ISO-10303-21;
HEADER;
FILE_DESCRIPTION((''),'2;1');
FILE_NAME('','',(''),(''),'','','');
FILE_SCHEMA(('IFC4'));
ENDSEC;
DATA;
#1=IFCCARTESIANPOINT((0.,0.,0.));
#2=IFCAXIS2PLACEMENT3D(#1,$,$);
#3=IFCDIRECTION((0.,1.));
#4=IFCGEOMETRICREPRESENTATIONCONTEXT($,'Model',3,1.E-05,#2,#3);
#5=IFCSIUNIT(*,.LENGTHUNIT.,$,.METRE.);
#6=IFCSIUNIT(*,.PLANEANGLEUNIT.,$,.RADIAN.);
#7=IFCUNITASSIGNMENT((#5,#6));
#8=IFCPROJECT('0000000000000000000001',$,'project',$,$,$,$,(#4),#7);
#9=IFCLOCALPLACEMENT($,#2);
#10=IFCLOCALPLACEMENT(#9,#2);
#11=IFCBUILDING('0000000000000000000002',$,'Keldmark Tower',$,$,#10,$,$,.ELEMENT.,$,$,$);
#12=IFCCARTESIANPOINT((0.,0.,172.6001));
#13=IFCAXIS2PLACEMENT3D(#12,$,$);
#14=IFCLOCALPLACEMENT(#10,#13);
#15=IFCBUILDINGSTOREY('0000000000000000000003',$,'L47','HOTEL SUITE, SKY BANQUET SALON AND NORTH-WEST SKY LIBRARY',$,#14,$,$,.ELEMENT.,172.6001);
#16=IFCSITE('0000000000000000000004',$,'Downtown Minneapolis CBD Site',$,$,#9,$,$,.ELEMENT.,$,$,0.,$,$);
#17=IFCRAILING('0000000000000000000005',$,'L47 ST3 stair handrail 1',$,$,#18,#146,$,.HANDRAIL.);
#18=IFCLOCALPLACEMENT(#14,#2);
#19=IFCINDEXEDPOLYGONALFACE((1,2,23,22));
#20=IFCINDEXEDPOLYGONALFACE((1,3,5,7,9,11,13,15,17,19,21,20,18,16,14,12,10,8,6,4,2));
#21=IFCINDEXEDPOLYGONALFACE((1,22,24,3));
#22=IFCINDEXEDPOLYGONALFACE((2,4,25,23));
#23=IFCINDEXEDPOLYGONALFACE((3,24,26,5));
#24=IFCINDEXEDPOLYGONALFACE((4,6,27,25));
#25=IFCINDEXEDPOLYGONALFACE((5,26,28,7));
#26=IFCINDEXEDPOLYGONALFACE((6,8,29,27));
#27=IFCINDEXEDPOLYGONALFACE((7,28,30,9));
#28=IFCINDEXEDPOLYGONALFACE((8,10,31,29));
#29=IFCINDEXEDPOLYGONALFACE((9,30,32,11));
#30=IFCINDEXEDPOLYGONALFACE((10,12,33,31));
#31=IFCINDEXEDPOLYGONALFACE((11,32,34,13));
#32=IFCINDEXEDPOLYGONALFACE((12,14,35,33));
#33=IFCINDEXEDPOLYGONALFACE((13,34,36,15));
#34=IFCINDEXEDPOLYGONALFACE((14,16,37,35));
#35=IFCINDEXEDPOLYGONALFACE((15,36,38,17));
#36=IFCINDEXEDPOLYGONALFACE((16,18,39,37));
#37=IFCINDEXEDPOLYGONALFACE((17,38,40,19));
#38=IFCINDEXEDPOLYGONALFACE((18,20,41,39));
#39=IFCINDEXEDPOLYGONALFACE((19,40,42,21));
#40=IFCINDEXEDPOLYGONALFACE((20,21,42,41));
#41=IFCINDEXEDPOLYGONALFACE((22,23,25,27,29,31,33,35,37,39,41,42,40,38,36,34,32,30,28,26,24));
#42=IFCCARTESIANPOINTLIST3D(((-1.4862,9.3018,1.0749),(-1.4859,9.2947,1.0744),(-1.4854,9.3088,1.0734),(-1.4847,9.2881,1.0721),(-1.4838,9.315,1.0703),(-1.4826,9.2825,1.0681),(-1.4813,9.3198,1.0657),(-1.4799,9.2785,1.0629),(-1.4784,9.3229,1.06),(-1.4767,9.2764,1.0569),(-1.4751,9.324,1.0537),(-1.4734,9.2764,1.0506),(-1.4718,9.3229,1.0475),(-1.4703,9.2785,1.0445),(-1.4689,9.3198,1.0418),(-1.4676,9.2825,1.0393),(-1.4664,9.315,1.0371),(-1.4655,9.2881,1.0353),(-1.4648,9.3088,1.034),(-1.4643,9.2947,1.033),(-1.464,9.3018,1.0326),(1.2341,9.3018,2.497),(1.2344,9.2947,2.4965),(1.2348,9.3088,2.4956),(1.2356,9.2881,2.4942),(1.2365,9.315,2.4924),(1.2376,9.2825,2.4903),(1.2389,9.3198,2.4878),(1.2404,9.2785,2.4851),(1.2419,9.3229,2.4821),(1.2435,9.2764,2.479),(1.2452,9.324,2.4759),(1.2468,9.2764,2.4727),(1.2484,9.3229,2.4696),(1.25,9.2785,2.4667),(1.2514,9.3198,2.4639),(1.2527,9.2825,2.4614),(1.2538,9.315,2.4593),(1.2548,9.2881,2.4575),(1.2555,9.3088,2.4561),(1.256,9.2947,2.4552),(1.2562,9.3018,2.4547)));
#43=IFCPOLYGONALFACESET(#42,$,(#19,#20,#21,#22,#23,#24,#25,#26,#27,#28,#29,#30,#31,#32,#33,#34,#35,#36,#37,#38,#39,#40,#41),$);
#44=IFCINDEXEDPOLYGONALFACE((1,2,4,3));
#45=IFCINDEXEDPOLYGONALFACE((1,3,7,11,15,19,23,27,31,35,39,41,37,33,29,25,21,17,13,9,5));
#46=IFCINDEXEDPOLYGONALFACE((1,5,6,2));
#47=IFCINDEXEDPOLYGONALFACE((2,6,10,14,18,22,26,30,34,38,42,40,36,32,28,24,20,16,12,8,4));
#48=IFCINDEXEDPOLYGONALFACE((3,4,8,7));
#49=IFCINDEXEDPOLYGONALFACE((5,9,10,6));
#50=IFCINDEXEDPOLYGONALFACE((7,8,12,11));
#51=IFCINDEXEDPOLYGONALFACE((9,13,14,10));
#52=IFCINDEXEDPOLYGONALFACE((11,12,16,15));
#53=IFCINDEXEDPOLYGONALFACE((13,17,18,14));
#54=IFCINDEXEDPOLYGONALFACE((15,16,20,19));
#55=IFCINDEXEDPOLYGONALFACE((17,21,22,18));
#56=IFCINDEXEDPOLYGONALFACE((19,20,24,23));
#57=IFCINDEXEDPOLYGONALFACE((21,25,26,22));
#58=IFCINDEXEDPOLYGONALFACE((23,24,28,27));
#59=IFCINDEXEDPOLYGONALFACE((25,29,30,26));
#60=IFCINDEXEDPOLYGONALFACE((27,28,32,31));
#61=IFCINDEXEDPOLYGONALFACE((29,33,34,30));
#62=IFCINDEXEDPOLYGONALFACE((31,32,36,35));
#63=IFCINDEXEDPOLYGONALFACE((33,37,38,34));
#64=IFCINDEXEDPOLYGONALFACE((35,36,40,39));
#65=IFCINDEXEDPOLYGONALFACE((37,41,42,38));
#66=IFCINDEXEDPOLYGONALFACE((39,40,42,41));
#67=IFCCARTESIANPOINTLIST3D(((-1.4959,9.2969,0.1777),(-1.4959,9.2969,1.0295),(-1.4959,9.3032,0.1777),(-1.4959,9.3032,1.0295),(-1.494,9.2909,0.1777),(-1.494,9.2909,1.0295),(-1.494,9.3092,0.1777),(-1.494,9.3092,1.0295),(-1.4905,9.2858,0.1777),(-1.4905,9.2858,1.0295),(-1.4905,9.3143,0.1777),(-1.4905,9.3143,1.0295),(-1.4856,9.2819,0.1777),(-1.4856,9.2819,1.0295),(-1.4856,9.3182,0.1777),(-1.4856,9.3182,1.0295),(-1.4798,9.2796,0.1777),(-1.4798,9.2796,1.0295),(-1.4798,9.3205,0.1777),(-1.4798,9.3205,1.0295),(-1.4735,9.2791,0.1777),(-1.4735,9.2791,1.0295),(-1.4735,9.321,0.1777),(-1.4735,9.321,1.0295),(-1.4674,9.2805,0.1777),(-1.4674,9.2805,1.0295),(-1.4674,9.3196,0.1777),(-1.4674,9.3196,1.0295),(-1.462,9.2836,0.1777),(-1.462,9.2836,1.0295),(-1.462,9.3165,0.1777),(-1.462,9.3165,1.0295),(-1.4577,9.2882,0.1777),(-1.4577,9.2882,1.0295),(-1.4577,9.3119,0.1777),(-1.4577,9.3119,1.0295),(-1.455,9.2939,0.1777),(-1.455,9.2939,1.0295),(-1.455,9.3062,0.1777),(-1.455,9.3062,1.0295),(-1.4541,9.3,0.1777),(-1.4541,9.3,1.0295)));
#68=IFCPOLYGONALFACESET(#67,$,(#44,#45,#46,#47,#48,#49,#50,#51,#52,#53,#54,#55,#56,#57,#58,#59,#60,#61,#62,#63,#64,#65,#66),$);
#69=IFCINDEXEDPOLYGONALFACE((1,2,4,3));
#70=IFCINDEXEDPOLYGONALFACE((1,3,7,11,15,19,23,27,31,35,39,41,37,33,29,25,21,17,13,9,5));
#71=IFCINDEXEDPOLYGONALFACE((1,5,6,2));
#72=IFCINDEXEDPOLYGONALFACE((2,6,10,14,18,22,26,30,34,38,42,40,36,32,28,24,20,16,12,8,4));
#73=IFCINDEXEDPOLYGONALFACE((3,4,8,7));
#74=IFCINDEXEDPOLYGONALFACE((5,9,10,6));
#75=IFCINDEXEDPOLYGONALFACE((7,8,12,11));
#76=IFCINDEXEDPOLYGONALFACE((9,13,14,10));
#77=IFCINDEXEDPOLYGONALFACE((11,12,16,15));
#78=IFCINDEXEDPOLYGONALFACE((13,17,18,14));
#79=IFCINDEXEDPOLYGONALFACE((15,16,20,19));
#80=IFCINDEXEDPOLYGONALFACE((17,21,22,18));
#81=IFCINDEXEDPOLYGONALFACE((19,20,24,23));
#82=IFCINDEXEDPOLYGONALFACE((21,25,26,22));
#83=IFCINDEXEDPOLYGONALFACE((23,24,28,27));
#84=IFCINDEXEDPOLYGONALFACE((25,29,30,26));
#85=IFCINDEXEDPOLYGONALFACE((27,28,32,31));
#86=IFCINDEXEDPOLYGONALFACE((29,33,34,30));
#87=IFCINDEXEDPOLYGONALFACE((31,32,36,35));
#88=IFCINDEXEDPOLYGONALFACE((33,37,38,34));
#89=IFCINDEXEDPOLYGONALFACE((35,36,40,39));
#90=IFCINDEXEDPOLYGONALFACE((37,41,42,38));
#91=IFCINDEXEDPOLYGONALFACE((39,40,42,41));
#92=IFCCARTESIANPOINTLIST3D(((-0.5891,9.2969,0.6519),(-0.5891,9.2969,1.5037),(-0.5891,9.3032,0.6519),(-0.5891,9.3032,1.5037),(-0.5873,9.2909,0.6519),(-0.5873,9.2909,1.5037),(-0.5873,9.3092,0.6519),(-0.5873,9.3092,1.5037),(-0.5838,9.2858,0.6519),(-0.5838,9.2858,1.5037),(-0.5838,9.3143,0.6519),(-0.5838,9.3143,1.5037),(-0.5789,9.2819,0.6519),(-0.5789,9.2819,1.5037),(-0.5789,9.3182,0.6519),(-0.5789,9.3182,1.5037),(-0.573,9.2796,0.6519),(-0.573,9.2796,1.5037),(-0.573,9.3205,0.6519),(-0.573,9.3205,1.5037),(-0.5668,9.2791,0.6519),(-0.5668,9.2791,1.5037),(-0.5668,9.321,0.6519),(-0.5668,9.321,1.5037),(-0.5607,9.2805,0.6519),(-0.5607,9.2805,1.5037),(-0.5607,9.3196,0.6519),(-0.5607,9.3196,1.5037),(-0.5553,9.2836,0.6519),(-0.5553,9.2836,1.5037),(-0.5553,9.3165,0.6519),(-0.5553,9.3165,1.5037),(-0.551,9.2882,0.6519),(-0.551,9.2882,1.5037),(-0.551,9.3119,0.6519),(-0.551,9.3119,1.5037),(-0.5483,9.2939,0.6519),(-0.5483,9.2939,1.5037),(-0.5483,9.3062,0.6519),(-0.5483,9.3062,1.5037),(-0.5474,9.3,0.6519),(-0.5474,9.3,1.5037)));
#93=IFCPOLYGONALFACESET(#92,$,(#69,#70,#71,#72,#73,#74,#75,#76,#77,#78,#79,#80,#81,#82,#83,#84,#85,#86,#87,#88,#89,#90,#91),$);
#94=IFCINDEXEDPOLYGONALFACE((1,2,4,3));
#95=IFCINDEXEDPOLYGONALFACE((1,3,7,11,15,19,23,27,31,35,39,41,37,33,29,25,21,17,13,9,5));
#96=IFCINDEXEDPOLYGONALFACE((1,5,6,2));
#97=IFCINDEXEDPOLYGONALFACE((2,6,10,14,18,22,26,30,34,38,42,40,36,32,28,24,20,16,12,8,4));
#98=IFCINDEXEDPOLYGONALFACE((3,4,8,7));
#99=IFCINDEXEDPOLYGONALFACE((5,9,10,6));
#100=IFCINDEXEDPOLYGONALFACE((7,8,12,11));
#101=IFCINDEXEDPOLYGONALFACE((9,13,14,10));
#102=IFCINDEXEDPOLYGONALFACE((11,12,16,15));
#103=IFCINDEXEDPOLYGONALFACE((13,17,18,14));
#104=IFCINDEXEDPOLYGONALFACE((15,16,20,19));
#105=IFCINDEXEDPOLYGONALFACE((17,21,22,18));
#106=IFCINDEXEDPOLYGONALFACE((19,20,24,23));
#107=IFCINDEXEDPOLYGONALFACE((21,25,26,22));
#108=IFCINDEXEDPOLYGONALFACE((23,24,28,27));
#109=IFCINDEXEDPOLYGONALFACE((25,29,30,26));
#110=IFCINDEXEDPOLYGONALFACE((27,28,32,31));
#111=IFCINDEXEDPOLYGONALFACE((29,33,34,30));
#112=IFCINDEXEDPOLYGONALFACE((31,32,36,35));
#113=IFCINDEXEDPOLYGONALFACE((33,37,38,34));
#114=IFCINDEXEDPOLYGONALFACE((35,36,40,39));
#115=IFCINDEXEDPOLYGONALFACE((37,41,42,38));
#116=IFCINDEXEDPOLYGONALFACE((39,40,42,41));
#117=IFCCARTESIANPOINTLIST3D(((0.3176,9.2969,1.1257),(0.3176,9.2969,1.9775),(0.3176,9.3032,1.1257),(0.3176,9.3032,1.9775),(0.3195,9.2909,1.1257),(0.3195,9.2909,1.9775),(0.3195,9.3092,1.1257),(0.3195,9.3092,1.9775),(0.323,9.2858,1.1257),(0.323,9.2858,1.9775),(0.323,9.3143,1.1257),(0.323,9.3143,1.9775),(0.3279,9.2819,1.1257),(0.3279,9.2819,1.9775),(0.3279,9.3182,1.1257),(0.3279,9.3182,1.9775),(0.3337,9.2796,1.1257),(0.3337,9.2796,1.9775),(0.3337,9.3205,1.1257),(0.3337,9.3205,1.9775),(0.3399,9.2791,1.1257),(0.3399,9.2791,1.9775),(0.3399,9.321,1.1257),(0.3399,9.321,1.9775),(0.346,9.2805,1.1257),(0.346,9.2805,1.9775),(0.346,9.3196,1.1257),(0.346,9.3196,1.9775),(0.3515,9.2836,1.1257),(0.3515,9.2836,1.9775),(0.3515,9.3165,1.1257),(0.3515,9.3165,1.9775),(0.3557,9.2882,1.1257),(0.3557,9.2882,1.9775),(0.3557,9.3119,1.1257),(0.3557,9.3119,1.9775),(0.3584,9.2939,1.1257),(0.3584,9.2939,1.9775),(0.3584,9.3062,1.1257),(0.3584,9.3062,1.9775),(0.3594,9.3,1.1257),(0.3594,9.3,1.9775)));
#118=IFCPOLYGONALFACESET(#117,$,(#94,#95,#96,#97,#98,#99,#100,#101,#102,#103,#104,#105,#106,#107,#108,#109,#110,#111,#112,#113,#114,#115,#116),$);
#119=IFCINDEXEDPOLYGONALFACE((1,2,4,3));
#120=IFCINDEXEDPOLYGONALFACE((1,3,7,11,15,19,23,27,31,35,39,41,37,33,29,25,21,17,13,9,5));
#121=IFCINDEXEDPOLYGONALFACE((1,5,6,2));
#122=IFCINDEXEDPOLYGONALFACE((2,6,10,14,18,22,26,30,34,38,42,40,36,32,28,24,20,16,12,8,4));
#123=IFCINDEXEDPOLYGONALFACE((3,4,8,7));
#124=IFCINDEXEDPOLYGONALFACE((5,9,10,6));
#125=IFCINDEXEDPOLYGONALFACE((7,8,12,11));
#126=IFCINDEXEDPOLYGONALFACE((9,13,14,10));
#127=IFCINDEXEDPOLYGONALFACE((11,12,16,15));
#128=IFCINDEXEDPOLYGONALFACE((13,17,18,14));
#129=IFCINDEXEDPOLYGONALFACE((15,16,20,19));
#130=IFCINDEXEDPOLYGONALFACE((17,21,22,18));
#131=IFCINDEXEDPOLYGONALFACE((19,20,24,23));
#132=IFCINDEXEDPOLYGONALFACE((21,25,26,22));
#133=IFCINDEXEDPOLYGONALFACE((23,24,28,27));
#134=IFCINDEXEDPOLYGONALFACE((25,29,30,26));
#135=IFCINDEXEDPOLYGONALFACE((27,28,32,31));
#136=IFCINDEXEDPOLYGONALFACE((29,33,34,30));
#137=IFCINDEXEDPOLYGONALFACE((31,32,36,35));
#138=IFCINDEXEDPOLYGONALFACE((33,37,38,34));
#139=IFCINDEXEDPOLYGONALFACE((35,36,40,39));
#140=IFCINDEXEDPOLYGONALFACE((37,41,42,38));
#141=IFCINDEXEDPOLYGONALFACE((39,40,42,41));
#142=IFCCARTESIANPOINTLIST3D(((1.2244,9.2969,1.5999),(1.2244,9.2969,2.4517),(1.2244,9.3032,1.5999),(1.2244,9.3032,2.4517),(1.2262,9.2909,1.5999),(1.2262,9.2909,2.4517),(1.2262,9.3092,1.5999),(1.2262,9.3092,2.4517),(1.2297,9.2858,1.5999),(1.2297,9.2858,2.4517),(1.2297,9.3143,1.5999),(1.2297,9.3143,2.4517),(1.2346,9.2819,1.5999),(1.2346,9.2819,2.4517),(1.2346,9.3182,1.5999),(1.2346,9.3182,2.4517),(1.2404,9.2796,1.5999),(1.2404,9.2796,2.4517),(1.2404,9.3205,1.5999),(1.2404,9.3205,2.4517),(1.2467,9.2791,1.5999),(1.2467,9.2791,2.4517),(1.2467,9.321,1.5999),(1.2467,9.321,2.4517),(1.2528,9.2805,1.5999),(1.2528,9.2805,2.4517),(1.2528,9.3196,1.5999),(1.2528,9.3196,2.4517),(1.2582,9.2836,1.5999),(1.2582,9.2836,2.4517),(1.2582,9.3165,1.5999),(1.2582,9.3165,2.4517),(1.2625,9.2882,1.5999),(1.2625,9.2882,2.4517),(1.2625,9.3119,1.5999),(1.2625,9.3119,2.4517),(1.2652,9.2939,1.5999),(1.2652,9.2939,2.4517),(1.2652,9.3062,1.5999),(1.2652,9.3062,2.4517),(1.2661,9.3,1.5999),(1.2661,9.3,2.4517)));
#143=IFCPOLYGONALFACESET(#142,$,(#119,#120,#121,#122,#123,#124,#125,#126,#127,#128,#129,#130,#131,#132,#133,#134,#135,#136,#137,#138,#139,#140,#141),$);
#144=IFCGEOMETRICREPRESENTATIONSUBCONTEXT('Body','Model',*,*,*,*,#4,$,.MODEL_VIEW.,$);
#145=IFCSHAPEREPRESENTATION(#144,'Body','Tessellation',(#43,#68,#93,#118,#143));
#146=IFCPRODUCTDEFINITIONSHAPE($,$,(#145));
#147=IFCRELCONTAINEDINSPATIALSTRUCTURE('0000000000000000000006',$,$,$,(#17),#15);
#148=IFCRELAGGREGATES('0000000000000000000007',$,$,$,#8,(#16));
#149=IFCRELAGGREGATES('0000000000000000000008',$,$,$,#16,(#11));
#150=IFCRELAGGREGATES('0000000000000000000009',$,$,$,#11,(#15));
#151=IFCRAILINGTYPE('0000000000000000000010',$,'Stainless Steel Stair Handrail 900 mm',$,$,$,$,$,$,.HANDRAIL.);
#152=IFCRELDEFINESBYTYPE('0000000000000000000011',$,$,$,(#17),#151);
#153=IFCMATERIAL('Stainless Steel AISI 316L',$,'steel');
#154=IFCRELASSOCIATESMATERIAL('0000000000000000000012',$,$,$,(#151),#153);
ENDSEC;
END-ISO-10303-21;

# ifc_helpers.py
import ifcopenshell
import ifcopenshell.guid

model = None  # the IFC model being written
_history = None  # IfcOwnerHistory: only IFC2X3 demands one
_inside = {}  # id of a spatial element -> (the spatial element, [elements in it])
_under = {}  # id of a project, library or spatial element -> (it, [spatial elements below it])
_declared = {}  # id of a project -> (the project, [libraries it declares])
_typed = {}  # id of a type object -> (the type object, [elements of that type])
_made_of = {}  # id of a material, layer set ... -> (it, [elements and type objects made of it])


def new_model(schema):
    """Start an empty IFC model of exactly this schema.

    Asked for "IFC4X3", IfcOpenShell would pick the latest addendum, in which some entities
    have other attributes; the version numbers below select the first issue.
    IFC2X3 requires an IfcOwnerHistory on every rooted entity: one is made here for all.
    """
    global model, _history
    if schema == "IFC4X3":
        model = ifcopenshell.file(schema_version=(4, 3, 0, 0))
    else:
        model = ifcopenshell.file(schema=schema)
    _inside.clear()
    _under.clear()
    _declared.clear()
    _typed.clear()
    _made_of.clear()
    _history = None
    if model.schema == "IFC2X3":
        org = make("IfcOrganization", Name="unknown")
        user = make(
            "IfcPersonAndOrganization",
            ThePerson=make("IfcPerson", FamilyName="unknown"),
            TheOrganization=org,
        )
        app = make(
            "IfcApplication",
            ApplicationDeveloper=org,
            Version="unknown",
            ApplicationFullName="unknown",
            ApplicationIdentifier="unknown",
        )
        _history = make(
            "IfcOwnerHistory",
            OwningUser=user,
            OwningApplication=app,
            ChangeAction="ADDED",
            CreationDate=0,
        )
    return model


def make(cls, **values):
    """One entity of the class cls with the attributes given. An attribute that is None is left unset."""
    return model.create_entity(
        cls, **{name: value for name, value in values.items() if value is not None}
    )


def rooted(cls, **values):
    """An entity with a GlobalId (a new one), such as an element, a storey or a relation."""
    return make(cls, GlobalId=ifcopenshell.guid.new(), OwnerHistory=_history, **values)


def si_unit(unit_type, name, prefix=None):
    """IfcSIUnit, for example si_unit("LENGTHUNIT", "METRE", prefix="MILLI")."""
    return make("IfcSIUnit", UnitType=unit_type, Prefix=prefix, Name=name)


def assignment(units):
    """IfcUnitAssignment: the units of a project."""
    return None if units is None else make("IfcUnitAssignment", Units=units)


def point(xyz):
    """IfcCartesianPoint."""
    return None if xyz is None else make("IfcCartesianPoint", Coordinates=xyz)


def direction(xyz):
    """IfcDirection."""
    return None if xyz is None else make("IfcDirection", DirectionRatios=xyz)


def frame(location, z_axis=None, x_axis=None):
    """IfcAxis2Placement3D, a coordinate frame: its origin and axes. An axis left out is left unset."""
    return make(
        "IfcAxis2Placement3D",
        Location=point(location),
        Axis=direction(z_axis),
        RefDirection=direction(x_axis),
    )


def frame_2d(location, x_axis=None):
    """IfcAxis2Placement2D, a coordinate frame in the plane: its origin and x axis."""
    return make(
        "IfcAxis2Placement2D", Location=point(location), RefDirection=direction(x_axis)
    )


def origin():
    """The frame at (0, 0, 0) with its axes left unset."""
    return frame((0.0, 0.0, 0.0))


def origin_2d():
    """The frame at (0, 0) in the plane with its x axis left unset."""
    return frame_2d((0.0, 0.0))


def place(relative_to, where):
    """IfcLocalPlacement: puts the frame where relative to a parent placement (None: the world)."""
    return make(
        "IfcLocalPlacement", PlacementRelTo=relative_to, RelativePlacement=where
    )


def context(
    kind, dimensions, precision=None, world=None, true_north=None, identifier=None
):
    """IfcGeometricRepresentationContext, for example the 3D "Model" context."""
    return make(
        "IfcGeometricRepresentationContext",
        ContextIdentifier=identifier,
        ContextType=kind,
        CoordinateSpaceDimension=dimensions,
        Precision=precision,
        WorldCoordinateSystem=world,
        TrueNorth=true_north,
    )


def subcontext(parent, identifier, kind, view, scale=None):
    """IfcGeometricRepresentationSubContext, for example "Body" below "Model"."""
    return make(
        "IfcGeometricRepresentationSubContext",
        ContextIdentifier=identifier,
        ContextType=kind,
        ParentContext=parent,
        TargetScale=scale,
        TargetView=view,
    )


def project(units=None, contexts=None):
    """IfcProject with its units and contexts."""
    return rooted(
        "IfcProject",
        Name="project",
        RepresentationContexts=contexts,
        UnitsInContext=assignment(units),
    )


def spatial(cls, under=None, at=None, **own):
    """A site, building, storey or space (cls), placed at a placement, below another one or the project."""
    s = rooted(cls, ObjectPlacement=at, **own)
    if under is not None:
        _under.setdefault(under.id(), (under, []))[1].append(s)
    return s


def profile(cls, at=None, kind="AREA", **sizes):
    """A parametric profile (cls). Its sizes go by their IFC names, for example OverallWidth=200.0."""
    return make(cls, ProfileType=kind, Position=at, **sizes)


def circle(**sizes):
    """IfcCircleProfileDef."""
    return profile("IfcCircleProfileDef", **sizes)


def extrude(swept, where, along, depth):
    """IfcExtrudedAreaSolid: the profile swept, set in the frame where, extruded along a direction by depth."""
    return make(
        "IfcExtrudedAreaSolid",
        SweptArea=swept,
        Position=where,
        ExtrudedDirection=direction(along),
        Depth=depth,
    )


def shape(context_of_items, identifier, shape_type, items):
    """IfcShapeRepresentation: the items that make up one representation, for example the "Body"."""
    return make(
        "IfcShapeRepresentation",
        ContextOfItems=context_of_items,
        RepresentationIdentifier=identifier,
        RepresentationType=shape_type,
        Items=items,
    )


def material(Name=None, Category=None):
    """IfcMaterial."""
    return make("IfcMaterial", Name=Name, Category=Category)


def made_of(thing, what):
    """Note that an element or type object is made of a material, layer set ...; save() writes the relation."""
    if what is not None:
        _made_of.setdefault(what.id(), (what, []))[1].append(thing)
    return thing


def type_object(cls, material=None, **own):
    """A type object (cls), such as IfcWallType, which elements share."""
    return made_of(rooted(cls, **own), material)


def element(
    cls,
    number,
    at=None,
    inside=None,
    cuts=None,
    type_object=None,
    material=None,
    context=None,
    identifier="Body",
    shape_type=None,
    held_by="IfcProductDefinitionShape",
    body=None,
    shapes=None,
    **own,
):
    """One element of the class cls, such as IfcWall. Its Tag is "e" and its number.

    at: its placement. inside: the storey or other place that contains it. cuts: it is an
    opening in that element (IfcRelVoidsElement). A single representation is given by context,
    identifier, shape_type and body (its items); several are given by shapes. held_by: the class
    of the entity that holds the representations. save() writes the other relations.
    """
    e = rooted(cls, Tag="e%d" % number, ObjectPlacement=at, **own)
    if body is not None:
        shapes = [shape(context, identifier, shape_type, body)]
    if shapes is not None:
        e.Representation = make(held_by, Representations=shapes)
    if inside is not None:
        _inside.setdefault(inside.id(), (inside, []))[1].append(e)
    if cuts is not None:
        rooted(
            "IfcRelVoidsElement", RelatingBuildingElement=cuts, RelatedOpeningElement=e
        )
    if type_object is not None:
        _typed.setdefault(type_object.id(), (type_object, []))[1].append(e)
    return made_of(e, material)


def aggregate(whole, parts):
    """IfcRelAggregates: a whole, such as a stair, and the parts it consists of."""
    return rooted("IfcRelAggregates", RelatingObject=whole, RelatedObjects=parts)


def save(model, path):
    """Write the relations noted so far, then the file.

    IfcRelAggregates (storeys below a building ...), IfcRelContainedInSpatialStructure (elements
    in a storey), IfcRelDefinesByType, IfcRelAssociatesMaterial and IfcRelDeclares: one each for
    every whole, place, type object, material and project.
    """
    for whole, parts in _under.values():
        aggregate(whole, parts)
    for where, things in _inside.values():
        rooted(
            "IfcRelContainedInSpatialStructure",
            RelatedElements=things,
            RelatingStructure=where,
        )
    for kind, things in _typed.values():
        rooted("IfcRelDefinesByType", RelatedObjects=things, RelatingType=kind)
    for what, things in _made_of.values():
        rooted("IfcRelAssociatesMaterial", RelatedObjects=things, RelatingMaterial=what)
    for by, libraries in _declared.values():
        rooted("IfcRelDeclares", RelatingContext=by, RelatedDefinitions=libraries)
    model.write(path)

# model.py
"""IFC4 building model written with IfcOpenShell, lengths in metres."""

from ifc_helpers import new_model, si_unit, direction, frame, origin, origin_2d, place, context, subcontext, project, spatial, circle, extrude, material, type_object, element, save


model = new_model("IFC4")

# Units and contexts
model_context = context("Model", 3, precision=1e-05, world=origin(), true_north=direction((0.0, 1.0)))
body_context = subcontext(model_context, "Body", "Model", "MODEL_VIEW")
ifc_project = project(units=[si_unit("LENGTHUNIT", "METRE"), si_unit("PLANEANGLEUNIT", "RADIAN")], contexts=[model_context])

# Site, building, storey
site_placement = place(None, origin())
site = spatial("IfcSite", under=ifc_project, at=site_placement, Name="Downtown Minneapolis CBD Site", CompositionType="ELEMENT", RefElevation=0.0)
building_placement = place(site_placement, origin())
building = spatial("IfcBuilding", under=site, at=building_placement, Name="Keldmark Tower", CompositionType="ELEMENT")
storey_placement = place(building_placement, frame((0.0, 0.0, 172.6001)))
storey = spatial("IfcBuildingStorey", under=building, at=storey_placement, Name="L47", Description="HOTEL SUITE, SKY BANQUET SALON AND NORTH-WEST SKY LIBRARY", CompositionType="ELEMENT", Elevation=172.6001)

# Railing
ifc_material_1 = material(Name="Stainless Steel AISI 316L", Category="steel")
railing_type = type_object("IfcRailingType", Name="Stainless Steel Stair Handrail 900 mm", PredefinedType="HANDRAIL", material=ifc_material_1)
railing_placement = place(storey_placement, frame((-1.4751, 9.3, 0.1777)))
element("IfcRailing", 1, at=railing_placement, inside=storey, type_object=railing_type, Name="L47 ST3 stair handrail 1", PredefinedType="HANDRAIL", context=body_context, shape_type="SweptSolid", body=[
    extrude(circle(Radius=0.0239, at=origin_2d()), frame((0.0, 0.0, 0.876), z_axis=(0.8862, 0.0, 0.463302), x_axis=(0.0, 1.0, 0.0)), (0.0, 0.0, 1.0), 3.0696),
    extrude(circle(Radius=0.021, at=origin_2d()), origin(), (0.0, 0.0, 1.0), 0.8518),
    extrude(circle(Radius=0.021, at=origin_2d()), frame((0.9067, 0.0, 0.4741)), (0.0, 0.0, 1.0), 0.8518),
    extrude(circle(Radius=0.021, at=origin_2d()), frame((1.8135, 0.0, 0.948)), (0.0, 0.0, 1.0), 0.8518),
    extrude(circle(Radius=0.021, at=origin_2d()), frame((2.7202, 0.0, 1.4221)), (0.0, 0.0, 1.0), 0.8518),
])

save(model, "model.ifc")
